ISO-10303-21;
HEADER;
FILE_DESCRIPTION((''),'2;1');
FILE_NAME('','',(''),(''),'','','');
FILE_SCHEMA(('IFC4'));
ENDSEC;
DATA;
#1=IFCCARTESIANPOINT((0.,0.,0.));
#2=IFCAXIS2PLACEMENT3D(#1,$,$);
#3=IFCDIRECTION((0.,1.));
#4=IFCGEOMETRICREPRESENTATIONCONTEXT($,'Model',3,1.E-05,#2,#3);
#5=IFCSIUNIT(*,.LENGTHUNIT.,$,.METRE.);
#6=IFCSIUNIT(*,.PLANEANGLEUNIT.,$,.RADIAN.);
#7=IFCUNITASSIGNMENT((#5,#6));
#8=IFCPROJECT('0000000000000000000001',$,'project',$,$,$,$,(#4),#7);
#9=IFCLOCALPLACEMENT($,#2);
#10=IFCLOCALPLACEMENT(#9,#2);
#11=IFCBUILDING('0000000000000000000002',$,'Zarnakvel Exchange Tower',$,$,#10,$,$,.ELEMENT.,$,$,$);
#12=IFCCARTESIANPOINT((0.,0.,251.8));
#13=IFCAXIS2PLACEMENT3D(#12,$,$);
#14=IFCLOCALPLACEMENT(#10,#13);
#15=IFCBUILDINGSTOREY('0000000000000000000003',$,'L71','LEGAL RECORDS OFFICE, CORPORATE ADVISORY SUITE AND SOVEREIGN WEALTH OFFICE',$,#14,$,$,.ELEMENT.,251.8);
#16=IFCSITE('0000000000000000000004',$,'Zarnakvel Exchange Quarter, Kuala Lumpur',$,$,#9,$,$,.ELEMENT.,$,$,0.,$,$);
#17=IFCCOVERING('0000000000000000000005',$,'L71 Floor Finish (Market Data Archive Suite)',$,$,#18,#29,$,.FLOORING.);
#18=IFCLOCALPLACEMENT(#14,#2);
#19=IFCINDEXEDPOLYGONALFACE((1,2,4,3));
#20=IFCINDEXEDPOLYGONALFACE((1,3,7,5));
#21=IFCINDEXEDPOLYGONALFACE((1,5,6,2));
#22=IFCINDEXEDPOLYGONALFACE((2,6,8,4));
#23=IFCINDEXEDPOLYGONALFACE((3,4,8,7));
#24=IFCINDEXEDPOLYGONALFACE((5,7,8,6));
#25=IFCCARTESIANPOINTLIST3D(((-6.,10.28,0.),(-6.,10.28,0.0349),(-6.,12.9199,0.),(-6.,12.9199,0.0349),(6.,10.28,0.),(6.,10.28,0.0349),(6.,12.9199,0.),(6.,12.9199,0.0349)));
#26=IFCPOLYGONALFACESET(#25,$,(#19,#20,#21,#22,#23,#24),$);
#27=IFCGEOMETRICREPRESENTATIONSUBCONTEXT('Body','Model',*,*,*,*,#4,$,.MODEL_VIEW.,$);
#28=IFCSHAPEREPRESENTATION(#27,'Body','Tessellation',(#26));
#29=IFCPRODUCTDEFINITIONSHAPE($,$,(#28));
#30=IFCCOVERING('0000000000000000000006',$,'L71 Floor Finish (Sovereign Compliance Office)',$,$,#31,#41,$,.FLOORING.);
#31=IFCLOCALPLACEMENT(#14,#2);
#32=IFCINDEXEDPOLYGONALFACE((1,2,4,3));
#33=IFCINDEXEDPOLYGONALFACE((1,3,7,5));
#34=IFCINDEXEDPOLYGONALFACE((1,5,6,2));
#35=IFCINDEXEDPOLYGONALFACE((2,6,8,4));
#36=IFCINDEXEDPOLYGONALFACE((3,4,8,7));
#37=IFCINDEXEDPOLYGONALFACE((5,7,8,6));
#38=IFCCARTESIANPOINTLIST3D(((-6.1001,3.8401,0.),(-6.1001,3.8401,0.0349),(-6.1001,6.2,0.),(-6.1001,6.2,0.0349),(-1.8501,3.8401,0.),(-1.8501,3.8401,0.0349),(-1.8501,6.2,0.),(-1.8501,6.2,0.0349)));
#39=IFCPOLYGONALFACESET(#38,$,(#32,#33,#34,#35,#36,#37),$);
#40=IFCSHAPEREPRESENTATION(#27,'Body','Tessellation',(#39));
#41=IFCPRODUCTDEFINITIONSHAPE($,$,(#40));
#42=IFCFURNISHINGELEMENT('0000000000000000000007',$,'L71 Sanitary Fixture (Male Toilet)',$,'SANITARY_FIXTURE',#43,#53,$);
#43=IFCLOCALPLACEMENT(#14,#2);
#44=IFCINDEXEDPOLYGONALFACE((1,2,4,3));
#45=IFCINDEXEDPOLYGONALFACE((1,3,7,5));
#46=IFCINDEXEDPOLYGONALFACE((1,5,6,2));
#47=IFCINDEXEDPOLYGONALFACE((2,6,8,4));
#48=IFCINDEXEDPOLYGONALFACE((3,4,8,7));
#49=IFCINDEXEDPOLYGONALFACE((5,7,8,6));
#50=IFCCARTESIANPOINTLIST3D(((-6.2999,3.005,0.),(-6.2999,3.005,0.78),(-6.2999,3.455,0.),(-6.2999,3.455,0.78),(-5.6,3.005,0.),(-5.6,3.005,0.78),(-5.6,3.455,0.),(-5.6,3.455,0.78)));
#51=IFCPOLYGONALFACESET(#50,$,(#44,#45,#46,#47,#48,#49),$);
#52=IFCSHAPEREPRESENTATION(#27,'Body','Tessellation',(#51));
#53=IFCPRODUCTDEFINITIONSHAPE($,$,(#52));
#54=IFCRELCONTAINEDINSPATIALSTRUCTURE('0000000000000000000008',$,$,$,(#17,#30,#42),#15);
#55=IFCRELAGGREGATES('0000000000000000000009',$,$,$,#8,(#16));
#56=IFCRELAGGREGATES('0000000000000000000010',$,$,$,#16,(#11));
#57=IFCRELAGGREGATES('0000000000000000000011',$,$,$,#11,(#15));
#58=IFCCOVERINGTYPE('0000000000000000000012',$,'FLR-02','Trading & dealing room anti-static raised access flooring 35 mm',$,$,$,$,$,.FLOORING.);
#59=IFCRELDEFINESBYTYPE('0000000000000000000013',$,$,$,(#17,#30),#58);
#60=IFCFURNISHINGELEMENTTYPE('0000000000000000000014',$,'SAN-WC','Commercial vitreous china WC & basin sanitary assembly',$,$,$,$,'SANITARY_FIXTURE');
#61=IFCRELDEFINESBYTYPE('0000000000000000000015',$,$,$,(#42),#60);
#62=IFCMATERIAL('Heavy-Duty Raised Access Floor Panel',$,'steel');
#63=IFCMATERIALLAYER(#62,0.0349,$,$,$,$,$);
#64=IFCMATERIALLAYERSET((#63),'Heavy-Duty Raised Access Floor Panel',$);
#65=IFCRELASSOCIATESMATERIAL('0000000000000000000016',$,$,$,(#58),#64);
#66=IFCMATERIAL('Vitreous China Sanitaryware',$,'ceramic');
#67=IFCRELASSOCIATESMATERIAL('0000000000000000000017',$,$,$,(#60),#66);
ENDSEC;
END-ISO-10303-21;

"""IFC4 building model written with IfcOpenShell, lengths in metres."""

from ifc_helpers import new_model, si_unit, direction, frame, origin, origin_2d, place, context, subcontext, project, spatial, polyline, rectangle, outline, extrude, source, transform, mapped, material, layer, layer_set, type_object, element, save


model = new_model("IFC4")

# Units and contexts
model_context = context("Model", 3, precision=1e-05, world=origin(), true_north=direction((0.0, 1.0)))
body_context = subcontext(model_context, "Body", "Model", "MODEL_VIEW")
ifc_project = project(units=[si_unit("LENGTHUNIT", "METRE"), si_unit("PLANEANGLEUNIT", "RADIAN")], contexts=[model_context])

# Site, building, storey
site_placement = place(None, origin())
site = spatial("IfcSite", under=ifc_project, at=site_placement, Name="Zarnakvel Exchange Quarter, Kuala Lumpur", CompositionType="ELEMENT", RefElevation=0.0)
building_placement = place(site_placement, origin())
building = spatial("IfcBuilding", under=site, at=building_placement, Name="Zarnakvel Exchange Tower", CompositionType="ELEMENT")
storey_placement = place(building_placement, frame((0.0, 0.0, 251.8)))
storey = spatial("IfcBuildingStorey", under=building, at=storey_placement, Name="L71", Description="LEGAL RECORDS OFFICE, CORPORATE ADVISORY SUITE AND SOVEREIGN WEALTH OFFICE", CompositionType="ELEMENT", Elevation=251.8)

# Coverings
ifc_material_1 = material(Name="Heavy-Duty Raised Access Floor Panel", Category="steel")
ifc_layer_1 = layer(ifc_material_1, 0.0349)
ifc_layer_set_1 = layer_set([ifc_layer_1], Name="Heavy-Duty Raised Access Floor Panel")
covering_type_1 = type_object("IfcCoveringType", Name="FLR-02", Description="Trading & dealing room anti-static raised access flooring 35 mm", PredefinedType="FLOORING", material=ifc_layer_set_1)
covering_1_placement = place(storey_placement, origin())
element("IfcCovering", 1, at=covering_1_placement, inside=storey, type_object=covering_type_1, Name="L71 Floor Finish (Market Data Archive Suite)", PredefinedType="FLOORING", context=body_context, shape_type="SweptSolid", body=[
    extrude(outline(polyline([(-6.0, 12.9199), (6.0, 12.9199), (6.0, 10.28), (-6.0, 10.28), (-6.0, 12.9199)])), origin(), (0.0, 0.0, 1.0), 0.0349),
])
covering_2_placement = place(storey_placement, origin())
element("IfcCovering", 2, at=covering_2_placement, inside=storey, type_object=covering_type_1, Name="L71 Floor Finish (Sovereign Compliance Office)", PredefinedType="FLOORING", context=body_context, shape_type="SweptSolid", body=[
    extrude(outline(polyline([(-6.1001, 6.2), (-1.8501, 6.2), (-1.8501, 3.8401), (-6.1001, 3.8401), (-6.1001, 6.2)])), origin(), (0.0, 0.0, 1.0), 0.0349),
])

# Furnishing element
ifc_material_2 = material(Name="Vitreous China Sanitaryware", Category="ceramic")
furnishing_element_type = type_object("IfcFurnishingElementType", Name="SAN-WC", Description="Commercial vitreous china WC & basin sanitary assembly", ElementType="SANITARY_FIXTURE", material=ifc_material_2)
shared_shape_1 = source(origin(), body_context, "Body", "SweptSolid", [
    extrude(rectangle(XDim=0.7, YDim=0.45, at=origin_2d()), origin(), (0.0, 0.0, 1.0), 0.78),
])
furnishing_placement = place(storey_placement, frame((-5.95, 3.23, 0.0), z_axis=(0.0, 0.0, 1.0), x_axis=(1.0, 0.0, 0.0)))
element("IfcFurnishingElement", 3, at=furnishing_placement, inside=storey, type_object=furnishing_element_type, Name="L71 Sanitary Fixture (Male Toilet)", ObjectType="SANITARY_FIXTURE", context=body_context, shape_type="MappedRepresentation", body=[
    mapped(shared_shape_1, transform((0.0, 0.0, 0.0), x_axis=(1.0, 0.0, 0.0), y_axis=(0.0, 1.0, 0.0), z_axis=(0.0, 0.0, 1.0), scale=1.0)),
])

save(model, "model.ifc")
